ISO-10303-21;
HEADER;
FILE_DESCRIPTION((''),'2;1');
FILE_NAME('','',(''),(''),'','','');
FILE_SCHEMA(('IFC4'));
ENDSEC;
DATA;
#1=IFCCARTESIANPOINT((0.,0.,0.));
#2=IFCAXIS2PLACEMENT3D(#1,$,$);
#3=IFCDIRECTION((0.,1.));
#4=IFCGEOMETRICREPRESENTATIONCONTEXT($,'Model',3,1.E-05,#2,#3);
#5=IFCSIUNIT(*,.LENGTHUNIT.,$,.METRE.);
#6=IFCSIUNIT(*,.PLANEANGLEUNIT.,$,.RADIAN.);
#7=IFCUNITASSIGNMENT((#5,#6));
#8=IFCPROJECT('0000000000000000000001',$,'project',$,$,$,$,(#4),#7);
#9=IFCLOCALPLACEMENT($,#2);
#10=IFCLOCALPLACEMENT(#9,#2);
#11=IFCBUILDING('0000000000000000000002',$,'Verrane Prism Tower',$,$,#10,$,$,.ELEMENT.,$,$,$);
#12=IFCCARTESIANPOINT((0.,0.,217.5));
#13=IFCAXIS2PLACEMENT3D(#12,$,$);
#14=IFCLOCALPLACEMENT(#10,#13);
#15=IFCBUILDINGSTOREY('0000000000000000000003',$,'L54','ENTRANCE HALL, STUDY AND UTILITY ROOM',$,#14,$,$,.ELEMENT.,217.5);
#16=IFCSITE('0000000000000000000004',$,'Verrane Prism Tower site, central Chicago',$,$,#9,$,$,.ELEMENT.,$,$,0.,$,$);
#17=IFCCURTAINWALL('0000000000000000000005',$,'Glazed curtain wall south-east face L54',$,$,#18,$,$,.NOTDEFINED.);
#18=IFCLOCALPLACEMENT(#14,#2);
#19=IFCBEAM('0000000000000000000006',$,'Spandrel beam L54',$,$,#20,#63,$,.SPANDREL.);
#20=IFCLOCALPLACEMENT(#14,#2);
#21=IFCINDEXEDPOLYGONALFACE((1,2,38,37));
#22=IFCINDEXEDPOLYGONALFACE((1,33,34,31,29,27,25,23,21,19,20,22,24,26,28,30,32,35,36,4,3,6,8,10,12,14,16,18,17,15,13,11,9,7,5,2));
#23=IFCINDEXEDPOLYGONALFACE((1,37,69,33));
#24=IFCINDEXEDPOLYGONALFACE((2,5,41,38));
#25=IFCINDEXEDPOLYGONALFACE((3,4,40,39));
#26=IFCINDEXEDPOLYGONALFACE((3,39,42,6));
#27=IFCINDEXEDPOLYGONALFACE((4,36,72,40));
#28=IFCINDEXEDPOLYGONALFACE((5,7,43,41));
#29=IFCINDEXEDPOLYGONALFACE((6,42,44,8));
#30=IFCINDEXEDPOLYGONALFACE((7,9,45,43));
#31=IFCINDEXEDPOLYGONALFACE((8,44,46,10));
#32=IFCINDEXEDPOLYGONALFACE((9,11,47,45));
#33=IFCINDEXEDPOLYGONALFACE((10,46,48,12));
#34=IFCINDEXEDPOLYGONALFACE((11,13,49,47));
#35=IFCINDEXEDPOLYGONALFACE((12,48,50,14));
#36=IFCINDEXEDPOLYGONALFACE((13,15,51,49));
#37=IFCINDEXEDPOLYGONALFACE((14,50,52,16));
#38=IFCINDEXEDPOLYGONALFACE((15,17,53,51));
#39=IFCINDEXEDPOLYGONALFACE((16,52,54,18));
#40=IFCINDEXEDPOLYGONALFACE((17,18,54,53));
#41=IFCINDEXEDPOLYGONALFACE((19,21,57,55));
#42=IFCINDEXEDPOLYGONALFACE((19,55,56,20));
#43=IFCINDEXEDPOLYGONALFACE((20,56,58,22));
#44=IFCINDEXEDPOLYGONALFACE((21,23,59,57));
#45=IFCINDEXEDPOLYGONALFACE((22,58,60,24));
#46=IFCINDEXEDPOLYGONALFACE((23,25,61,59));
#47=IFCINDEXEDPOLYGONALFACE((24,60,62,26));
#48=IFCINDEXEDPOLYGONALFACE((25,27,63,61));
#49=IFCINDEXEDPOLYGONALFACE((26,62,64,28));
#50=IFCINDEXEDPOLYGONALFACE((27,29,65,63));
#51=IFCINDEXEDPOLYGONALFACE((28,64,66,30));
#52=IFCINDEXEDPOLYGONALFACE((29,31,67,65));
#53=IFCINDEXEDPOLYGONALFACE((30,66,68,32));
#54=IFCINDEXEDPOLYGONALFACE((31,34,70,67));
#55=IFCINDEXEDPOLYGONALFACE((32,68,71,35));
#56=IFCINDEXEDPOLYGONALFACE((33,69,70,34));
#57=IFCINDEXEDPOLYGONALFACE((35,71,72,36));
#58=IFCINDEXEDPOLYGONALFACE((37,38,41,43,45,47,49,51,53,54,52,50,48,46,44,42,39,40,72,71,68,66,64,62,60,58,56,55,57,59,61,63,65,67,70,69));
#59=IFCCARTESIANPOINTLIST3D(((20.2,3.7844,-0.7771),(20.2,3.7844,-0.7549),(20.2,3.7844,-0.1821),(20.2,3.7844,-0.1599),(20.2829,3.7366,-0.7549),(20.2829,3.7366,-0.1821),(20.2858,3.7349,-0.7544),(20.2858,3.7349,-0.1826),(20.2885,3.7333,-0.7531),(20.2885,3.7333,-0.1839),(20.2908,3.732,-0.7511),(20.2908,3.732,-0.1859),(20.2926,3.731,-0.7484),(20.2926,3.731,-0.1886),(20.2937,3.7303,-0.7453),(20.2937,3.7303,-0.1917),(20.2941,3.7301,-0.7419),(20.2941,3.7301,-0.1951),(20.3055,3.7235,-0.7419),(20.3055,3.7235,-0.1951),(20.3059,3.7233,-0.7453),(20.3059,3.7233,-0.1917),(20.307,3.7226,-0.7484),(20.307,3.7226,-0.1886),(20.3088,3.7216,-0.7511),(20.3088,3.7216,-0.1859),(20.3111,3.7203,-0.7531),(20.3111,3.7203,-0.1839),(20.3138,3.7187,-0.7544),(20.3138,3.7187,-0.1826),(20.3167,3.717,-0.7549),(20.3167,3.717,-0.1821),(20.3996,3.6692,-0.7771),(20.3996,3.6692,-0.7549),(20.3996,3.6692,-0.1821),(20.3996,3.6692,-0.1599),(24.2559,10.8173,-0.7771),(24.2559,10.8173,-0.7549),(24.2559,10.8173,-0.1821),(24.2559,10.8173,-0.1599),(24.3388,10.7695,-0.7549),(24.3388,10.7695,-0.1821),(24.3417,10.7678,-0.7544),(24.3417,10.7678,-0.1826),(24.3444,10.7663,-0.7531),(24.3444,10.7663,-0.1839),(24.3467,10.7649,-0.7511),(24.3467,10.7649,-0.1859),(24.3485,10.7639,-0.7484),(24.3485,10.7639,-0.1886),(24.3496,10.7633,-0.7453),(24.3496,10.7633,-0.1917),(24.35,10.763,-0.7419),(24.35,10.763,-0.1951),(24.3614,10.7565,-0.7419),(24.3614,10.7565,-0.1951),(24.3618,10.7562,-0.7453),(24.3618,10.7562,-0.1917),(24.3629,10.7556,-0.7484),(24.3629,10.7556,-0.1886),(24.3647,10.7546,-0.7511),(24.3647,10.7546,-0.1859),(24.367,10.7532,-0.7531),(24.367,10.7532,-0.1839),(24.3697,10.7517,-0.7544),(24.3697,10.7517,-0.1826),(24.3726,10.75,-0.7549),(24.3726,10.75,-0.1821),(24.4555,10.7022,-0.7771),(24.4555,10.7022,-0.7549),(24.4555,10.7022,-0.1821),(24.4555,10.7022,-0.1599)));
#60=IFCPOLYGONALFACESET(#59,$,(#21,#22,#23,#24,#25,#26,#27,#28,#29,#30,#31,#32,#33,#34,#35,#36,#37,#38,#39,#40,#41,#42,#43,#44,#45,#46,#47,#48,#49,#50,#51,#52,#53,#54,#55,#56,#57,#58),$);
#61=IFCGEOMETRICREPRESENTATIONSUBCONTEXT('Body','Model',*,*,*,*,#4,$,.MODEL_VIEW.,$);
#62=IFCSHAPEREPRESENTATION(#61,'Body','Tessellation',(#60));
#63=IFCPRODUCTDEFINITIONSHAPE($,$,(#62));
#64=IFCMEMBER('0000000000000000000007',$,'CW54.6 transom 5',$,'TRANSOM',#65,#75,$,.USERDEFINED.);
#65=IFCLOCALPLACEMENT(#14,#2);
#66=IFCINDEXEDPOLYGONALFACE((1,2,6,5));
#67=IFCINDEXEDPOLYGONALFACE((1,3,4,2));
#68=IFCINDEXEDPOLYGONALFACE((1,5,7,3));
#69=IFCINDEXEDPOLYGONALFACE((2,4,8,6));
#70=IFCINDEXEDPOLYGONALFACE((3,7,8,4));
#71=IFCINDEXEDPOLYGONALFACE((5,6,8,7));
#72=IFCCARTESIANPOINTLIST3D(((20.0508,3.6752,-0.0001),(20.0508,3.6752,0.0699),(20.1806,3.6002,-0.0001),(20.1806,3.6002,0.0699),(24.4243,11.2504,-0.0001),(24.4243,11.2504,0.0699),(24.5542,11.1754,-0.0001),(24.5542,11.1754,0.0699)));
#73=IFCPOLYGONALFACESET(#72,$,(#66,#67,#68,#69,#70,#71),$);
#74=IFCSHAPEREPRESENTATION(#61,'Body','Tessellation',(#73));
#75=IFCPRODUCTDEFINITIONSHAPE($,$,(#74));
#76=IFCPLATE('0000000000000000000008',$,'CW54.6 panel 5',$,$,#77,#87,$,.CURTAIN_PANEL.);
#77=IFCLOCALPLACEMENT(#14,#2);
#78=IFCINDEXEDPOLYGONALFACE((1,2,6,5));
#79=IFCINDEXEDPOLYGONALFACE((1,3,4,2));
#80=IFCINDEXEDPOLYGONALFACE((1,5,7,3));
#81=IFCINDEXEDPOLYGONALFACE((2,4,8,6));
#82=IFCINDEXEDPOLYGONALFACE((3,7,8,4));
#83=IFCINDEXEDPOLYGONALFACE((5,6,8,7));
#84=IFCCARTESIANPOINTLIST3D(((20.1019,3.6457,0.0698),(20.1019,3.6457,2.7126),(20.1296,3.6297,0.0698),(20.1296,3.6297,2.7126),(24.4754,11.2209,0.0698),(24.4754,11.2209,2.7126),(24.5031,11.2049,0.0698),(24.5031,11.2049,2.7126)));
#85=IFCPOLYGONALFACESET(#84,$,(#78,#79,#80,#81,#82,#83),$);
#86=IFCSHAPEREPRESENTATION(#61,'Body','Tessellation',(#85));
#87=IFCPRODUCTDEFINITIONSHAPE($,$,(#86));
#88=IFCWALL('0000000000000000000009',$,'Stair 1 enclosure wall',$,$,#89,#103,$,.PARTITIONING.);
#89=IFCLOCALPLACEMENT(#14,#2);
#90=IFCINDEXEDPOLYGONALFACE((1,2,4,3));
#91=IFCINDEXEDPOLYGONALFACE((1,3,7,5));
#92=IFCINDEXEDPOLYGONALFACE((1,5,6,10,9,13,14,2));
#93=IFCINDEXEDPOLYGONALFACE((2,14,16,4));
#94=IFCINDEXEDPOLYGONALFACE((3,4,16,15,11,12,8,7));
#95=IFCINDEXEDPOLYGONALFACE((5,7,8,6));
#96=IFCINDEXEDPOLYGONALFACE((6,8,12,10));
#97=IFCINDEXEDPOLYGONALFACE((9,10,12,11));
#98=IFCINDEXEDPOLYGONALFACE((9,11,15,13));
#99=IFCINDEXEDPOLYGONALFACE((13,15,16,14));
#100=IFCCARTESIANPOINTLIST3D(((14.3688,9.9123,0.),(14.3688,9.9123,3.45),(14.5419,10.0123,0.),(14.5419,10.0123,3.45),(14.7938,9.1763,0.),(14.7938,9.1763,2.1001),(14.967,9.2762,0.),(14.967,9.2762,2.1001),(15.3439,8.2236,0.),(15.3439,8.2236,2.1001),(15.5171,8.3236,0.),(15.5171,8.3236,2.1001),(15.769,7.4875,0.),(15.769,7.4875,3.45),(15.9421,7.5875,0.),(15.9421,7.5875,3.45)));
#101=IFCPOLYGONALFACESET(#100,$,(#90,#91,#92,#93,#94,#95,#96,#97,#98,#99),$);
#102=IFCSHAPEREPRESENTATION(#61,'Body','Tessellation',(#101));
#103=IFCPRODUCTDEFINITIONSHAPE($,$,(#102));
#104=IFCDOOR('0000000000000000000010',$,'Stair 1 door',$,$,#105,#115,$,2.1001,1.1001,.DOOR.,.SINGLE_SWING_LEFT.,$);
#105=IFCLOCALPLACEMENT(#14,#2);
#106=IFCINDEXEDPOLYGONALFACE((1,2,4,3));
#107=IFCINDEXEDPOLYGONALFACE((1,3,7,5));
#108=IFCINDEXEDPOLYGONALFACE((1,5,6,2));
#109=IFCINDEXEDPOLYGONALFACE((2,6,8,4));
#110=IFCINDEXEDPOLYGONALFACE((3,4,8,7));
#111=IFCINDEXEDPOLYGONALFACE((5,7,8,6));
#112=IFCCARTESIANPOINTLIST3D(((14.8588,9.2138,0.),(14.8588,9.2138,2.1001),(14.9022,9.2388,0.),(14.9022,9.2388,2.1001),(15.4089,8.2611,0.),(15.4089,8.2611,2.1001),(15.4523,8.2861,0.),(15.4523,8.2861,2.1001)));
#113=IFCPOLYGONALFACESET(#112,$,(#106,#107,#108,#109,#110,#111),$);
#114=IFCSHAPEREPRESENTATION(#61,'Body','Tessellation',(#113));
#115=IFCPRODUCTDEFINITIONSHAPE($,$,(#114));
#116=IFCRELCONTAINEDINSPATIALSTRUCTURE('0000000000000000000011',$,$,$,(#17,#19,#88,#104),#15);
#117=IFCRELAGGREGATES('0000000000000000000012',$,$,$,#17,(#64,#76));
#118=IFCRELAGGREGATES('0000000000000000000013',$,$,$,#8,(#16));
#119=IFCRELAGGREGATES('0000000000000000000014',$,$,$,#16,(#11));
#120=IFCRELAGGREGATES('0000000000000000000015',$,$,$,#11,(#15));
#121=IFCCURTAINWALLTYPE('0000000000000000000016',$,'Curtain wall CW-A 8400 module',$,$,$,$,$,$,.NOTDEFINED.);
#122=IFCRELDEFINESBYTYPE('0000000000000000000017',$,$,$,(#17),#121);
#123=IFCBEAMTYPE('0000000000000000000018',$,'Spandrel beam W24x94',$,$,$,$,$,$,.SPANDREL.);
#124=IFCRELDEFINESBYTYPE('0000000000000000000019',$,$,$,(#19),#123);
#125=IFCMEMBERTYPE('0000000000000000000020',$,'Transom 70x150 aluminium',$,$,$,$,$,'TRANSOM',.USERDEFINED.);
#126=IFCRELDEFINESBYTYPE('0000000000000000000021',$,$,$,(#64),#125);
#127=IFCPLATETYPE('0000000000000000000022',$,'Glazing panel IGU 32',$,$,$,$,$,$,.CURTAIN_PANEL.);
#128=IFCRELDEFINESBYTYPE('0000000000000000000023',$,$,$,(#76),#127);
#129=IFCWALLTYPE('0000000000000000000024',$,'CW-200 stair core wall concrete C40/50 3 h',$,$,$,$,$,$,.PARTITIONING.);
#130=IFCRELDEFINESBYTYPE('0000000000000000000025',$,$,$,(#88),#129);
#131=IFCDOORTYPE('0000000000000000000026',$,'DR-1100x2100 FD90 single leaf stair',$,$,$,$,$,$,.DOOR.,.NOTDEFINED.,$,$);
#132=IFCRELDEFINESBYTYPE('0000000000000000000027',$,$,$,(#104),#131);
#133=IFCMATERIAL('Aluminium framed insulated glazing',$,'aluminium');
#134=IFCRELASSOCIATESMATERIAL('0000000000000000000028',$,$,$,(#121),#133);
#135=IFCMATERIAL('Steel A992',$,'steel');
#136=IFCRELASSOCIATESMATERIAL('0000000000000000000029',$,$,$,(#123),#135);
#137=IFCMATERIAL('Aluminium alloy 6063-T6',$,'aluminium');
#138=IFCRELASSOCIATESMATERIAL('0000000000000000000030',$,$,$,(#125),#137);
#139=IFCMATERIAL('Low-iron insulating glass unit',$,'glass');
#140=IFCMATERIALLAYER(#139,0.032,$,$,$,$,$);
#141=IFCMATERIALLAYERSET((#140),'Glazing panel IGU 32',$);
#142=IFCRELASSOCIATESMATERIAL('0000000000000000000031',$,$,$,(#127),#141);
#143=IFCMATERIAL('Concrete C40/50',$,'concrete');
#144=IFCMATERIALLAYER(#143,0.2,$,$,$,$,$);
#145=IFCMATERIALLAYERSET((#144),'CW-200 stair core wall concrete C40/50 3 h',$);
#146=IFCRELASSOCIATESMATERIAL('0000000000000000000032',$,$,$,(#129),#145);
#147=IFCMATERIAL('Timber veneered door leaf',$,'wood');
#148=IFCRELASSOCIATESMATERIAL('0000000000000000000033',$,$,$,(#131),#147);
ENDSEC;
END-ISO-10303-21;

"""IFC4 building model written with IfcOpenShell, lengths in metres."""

from ifc_helpers import new_model, si_unit, direction, frame, frame_2d, origin, origin_2d, place, context, subcontext, project, spatial, rectangle, i_section, extrude, material, layer, layer_set, material_profile, profile_set, type_object, element, fill, aggregate, save


model = new_model("IFC4")

# Units and contexts
model_context = context("Model", 3, precision=1e-05, world=origin(), true_north=direction((0.0, 1.0)))
body_context = subcontext(model_context, "Body", "Model", "MODEL_VIEW")
ifc_project = project(units=[si_unit("LENGTHUNIT", "METRE"), si_unit("PLANEANGLEUNIT", "RADIAN")], contexts=[model_context])

# Site, building, storey
site_placement = place(None, origin())
site = spatial("IfcSite", under=ifc_project, at=site_placement, Name="Verrane Prism Tower site, central Chicago", CompositionType="ELEMENT", RefElevation=0.0)
building_placement = place(site_placement, origin())
building = spatial("IfcBuilding", under=site, at=building_placement, Name="Verrane Prism Tower", CompositionType="ELEMENT")
storey_placement = place(building_placement, frame((0.0, 0.0, 217.5)))
storey = spatial("IfcBuildingStorey", under=building, at=storey_placement, Name="L54", Description="ENTRANCE HALL, STUDY AND UTILITY ROOM", CompositionType="ELEMENT", Elevation=217.5)

# Curtain wall
ifc_material_1 = material(Name="Aluminium framed insulated glazing", Category="aluminium")
curtain_wall_type_1 = type_object("IfcCurtainWallType", Name="Curtain wall CW-A 8400 module", PredefinedType="NOTDEFINED", material=ifc_material_1)
curtain_wall_1_placement = place(storey_placement, origin())
curtain_wall_1 = element("IfcCurtainWall", 1, at=curtain_wall_1_placement, inside=storey, type_object=curtain_wall_type_1, Name="Glazed curtain wall south-east face L54", PredefinedType="NOTDEFINED")

# Beam
ifc_material_2 = material(Name="Steel A992", Category="steel")
ifc_material_profile_1 = material_profile(ifc_material_2, i_section(OverallWidth=0.2305, OverallDepth=0.6172, WebThickness=0.0132, FlangeThickness=0.0222, FilletRadius=0.0129, at=origin_2d()), Name="W24x94")
ifc_profile_set_1 = profile_set([ifc_material_profile_1], Name="Steel A992")
beam_type_1 = type_object("IfcBeamType", Name="Spandrel beam W24x94", PredefinedType="SPANDREL", material=ifc_profile_set_1)
beam_1_placement = place(storey_placement, frame((20.2998, 3.7268, -0.4685), z_axis=(0.499578, 0.866269, 0.0), x_axis=(-0.866269, 0.499578, 0.0)))
element("IfcBeam", 2, at=beam_1_placement, inside=storey, type_object=beam_type_1, Name="Spandrel beam L54", PredefinedType="SPANDREL", context=body_context, shape_type="SweptSolid", body=[
    extrude(i_section(OverallWidth=0.2305, OverallDepth=0.6172, WebThickness=0.0132, FlangeThickness=0.0222, FilletRadius=0.0129, at=origin_2d()), origin(), (0.0, 0.0, 1.0), 8.1187),
])

# Member
ifc_material_3 = material(Name="Aluminium alloy 6063-T6", Category="aluminium")
ifc_material_profile_2 = material_profile(ifc_material_3, rectangle(XDim=0.1499, YDim=0.0701, at=origin_2d()), Name="Transom 70x150 aluminium")
ifc_profile_set_2 = profile_set([ifc_material_profile_2], Name="Aluminium alloy 6063-T6")
member_type_1 = type_object("IfcMemberType", Name="Transom 70x150 aluminium", ElementType="TRANSOM", PredefinedType="USERDEFINED", material=ifc_profile_set_2)
member_1_placement = place(storey_placement, frame((20.1157, 3.6377, 0.0349), z_axis=(0.499999, 0.866026, 0.0), x_axis=(-0.866026, 0.499999, 0.0)))
member_1 = element("IfcMember", 3, at=member_1_placement, type_object=member_type_1, Name="CW54.6 transom 5", ObjectType="TRANSOM", PredefinedType="USERDEFINED", context=body_context, shape_type="SweptSolid", body=[
    extrude(rectangle(XDim=0.1499, YDim=0.0701, at=origin_2d()), origin(), (0.0, 0.0, 1.0), 8.7471),
])

# Plate
ifc_material_4 = material(Name="Low-iron insulating glass unit", Category="glass")
ifc_layer_1 = layer(ifc_material_4, 0.032)
ifc_layer_set_1 = layer_set([ifc_layer_1], Name="Glazing panel IGU 32")
plate_type = type_object("IfcPlateType", Name="Glazing panel IGU 32", PredefinedType="CURTAIN_PANEL", material=ifc_layer_set_1)
plate_placement = place(storey_placement, frame((22.3025, 7.4253, 0.0698), z_axis=(0.0, 0.0, 1.0), x_axis=(0.500001, 0.866025, 0.0)))
plate = element("IfcPlate", 4, at=plate_placement, type_object=plate_type, Name="CW54.6 panel 5", PredefinedType="CURTAIN_PANEL", context=body_context, shape_type="SweptSolid", body=[
    extrude(rectangle(XDim=8.7471, YDim=0.032, at=origin_2d()), origin(), (0.0, 0.0, 1.0), 2.6428),
])
aggregate(curtain_wall_1, [member_1, plate])

# Wall, opening, door
ifc_material_5 = material(Name="Concrete C40/50", Category="concrete")
ifc_layer_2 = layer(ifc_material_5, 0.2)
ifc_layer_set_2 = layer_set([ifc_layer_2], Name="CW-200 stair core wall concrete C40/50 3 h")
wall_type_1 = type_object("IfcWallType", Name="CW-200 stair core wall concrete C40/50 3 h", PredefinedType="PARTITIONING", material=ifc_layer_set_2)
wall_1_placement = place(storey_placement, frame((15.8555, 7.5376, 0.0), z_axis=(0.0, 0.0, 1.0), x_axis=(-0.50005, 0.865997, 0.0)))
wall_1 = element("IfcWall", 5, at=wall_1_placement, inside=storey, type_object=wall_type_1, Name="Stair 1 enclosure wall", PredefinedType="PARTITIONING", context=body_context, shape_type="SweptSolid", body=[
    extrude(rectangle(XDim=2.8, YDim=0.2, at=frame_2d((1.3999, 0.0))), origin(), (0.0, 0.0, 1.0), 3.45),
])
opening_1_placement = place(wall_1_placement, frame((0.8499, 0.0, 0.0)))
opening_1 = element("IfcOpeningElement", 6, at=opening_1_placement, cuts=wall_1, PredefinedType="OPENING", context=body_context, shape_type="SweptSolid", body=[
    extrude(rectangle(XDim=1.1001, YDim=2.1001, at=frame_2d((0.55, 1.05))), frame((0.0, 0.1099, 0.0), z_axis=(0.0, -1.0, 0.0), x_axis=(1.0, 0.0, 0.0)), (0.0, 0.0, 1.0), 0.22),
])
ifc_material_6 = material(Name="Timber veneered door leaf", Category="wood")
door_type_1 = type_object("IfcDoorType", Name="DR-1100x2100 FD90 single leaf stair", OperationType="NOTDEFINED", PredefinedType="DOOR", material=ifc_material_6)
door_1_placement = place(opening_1_placement, origin())
door_1 = element("IfcDoor", 7, at=door_1_placement, inside=storey, type_object=door_type_1, Name="Stair 1 door", OperationType="SINGLE_SWING_LEFT", OverallHeight=2.1001, OverallWidth=1.1001, PredefinedType="DOOR", context=body_context, shape_type="SweptSolid", body=[
    extrude(rectangle(XDim=1.1001, YDim=2.1001, at=frame_2d((0.55, 1.05))), frame((0.0, 0.0249, 0.0), z_axis=(0.0, -1.0, 0.0), x_axis=(1.0, 0.0, 0.0)), (0.0, 0.0, 1.0), 0.05),
])
fill(opening_1, door_1)

save(model, "model.ifc")
